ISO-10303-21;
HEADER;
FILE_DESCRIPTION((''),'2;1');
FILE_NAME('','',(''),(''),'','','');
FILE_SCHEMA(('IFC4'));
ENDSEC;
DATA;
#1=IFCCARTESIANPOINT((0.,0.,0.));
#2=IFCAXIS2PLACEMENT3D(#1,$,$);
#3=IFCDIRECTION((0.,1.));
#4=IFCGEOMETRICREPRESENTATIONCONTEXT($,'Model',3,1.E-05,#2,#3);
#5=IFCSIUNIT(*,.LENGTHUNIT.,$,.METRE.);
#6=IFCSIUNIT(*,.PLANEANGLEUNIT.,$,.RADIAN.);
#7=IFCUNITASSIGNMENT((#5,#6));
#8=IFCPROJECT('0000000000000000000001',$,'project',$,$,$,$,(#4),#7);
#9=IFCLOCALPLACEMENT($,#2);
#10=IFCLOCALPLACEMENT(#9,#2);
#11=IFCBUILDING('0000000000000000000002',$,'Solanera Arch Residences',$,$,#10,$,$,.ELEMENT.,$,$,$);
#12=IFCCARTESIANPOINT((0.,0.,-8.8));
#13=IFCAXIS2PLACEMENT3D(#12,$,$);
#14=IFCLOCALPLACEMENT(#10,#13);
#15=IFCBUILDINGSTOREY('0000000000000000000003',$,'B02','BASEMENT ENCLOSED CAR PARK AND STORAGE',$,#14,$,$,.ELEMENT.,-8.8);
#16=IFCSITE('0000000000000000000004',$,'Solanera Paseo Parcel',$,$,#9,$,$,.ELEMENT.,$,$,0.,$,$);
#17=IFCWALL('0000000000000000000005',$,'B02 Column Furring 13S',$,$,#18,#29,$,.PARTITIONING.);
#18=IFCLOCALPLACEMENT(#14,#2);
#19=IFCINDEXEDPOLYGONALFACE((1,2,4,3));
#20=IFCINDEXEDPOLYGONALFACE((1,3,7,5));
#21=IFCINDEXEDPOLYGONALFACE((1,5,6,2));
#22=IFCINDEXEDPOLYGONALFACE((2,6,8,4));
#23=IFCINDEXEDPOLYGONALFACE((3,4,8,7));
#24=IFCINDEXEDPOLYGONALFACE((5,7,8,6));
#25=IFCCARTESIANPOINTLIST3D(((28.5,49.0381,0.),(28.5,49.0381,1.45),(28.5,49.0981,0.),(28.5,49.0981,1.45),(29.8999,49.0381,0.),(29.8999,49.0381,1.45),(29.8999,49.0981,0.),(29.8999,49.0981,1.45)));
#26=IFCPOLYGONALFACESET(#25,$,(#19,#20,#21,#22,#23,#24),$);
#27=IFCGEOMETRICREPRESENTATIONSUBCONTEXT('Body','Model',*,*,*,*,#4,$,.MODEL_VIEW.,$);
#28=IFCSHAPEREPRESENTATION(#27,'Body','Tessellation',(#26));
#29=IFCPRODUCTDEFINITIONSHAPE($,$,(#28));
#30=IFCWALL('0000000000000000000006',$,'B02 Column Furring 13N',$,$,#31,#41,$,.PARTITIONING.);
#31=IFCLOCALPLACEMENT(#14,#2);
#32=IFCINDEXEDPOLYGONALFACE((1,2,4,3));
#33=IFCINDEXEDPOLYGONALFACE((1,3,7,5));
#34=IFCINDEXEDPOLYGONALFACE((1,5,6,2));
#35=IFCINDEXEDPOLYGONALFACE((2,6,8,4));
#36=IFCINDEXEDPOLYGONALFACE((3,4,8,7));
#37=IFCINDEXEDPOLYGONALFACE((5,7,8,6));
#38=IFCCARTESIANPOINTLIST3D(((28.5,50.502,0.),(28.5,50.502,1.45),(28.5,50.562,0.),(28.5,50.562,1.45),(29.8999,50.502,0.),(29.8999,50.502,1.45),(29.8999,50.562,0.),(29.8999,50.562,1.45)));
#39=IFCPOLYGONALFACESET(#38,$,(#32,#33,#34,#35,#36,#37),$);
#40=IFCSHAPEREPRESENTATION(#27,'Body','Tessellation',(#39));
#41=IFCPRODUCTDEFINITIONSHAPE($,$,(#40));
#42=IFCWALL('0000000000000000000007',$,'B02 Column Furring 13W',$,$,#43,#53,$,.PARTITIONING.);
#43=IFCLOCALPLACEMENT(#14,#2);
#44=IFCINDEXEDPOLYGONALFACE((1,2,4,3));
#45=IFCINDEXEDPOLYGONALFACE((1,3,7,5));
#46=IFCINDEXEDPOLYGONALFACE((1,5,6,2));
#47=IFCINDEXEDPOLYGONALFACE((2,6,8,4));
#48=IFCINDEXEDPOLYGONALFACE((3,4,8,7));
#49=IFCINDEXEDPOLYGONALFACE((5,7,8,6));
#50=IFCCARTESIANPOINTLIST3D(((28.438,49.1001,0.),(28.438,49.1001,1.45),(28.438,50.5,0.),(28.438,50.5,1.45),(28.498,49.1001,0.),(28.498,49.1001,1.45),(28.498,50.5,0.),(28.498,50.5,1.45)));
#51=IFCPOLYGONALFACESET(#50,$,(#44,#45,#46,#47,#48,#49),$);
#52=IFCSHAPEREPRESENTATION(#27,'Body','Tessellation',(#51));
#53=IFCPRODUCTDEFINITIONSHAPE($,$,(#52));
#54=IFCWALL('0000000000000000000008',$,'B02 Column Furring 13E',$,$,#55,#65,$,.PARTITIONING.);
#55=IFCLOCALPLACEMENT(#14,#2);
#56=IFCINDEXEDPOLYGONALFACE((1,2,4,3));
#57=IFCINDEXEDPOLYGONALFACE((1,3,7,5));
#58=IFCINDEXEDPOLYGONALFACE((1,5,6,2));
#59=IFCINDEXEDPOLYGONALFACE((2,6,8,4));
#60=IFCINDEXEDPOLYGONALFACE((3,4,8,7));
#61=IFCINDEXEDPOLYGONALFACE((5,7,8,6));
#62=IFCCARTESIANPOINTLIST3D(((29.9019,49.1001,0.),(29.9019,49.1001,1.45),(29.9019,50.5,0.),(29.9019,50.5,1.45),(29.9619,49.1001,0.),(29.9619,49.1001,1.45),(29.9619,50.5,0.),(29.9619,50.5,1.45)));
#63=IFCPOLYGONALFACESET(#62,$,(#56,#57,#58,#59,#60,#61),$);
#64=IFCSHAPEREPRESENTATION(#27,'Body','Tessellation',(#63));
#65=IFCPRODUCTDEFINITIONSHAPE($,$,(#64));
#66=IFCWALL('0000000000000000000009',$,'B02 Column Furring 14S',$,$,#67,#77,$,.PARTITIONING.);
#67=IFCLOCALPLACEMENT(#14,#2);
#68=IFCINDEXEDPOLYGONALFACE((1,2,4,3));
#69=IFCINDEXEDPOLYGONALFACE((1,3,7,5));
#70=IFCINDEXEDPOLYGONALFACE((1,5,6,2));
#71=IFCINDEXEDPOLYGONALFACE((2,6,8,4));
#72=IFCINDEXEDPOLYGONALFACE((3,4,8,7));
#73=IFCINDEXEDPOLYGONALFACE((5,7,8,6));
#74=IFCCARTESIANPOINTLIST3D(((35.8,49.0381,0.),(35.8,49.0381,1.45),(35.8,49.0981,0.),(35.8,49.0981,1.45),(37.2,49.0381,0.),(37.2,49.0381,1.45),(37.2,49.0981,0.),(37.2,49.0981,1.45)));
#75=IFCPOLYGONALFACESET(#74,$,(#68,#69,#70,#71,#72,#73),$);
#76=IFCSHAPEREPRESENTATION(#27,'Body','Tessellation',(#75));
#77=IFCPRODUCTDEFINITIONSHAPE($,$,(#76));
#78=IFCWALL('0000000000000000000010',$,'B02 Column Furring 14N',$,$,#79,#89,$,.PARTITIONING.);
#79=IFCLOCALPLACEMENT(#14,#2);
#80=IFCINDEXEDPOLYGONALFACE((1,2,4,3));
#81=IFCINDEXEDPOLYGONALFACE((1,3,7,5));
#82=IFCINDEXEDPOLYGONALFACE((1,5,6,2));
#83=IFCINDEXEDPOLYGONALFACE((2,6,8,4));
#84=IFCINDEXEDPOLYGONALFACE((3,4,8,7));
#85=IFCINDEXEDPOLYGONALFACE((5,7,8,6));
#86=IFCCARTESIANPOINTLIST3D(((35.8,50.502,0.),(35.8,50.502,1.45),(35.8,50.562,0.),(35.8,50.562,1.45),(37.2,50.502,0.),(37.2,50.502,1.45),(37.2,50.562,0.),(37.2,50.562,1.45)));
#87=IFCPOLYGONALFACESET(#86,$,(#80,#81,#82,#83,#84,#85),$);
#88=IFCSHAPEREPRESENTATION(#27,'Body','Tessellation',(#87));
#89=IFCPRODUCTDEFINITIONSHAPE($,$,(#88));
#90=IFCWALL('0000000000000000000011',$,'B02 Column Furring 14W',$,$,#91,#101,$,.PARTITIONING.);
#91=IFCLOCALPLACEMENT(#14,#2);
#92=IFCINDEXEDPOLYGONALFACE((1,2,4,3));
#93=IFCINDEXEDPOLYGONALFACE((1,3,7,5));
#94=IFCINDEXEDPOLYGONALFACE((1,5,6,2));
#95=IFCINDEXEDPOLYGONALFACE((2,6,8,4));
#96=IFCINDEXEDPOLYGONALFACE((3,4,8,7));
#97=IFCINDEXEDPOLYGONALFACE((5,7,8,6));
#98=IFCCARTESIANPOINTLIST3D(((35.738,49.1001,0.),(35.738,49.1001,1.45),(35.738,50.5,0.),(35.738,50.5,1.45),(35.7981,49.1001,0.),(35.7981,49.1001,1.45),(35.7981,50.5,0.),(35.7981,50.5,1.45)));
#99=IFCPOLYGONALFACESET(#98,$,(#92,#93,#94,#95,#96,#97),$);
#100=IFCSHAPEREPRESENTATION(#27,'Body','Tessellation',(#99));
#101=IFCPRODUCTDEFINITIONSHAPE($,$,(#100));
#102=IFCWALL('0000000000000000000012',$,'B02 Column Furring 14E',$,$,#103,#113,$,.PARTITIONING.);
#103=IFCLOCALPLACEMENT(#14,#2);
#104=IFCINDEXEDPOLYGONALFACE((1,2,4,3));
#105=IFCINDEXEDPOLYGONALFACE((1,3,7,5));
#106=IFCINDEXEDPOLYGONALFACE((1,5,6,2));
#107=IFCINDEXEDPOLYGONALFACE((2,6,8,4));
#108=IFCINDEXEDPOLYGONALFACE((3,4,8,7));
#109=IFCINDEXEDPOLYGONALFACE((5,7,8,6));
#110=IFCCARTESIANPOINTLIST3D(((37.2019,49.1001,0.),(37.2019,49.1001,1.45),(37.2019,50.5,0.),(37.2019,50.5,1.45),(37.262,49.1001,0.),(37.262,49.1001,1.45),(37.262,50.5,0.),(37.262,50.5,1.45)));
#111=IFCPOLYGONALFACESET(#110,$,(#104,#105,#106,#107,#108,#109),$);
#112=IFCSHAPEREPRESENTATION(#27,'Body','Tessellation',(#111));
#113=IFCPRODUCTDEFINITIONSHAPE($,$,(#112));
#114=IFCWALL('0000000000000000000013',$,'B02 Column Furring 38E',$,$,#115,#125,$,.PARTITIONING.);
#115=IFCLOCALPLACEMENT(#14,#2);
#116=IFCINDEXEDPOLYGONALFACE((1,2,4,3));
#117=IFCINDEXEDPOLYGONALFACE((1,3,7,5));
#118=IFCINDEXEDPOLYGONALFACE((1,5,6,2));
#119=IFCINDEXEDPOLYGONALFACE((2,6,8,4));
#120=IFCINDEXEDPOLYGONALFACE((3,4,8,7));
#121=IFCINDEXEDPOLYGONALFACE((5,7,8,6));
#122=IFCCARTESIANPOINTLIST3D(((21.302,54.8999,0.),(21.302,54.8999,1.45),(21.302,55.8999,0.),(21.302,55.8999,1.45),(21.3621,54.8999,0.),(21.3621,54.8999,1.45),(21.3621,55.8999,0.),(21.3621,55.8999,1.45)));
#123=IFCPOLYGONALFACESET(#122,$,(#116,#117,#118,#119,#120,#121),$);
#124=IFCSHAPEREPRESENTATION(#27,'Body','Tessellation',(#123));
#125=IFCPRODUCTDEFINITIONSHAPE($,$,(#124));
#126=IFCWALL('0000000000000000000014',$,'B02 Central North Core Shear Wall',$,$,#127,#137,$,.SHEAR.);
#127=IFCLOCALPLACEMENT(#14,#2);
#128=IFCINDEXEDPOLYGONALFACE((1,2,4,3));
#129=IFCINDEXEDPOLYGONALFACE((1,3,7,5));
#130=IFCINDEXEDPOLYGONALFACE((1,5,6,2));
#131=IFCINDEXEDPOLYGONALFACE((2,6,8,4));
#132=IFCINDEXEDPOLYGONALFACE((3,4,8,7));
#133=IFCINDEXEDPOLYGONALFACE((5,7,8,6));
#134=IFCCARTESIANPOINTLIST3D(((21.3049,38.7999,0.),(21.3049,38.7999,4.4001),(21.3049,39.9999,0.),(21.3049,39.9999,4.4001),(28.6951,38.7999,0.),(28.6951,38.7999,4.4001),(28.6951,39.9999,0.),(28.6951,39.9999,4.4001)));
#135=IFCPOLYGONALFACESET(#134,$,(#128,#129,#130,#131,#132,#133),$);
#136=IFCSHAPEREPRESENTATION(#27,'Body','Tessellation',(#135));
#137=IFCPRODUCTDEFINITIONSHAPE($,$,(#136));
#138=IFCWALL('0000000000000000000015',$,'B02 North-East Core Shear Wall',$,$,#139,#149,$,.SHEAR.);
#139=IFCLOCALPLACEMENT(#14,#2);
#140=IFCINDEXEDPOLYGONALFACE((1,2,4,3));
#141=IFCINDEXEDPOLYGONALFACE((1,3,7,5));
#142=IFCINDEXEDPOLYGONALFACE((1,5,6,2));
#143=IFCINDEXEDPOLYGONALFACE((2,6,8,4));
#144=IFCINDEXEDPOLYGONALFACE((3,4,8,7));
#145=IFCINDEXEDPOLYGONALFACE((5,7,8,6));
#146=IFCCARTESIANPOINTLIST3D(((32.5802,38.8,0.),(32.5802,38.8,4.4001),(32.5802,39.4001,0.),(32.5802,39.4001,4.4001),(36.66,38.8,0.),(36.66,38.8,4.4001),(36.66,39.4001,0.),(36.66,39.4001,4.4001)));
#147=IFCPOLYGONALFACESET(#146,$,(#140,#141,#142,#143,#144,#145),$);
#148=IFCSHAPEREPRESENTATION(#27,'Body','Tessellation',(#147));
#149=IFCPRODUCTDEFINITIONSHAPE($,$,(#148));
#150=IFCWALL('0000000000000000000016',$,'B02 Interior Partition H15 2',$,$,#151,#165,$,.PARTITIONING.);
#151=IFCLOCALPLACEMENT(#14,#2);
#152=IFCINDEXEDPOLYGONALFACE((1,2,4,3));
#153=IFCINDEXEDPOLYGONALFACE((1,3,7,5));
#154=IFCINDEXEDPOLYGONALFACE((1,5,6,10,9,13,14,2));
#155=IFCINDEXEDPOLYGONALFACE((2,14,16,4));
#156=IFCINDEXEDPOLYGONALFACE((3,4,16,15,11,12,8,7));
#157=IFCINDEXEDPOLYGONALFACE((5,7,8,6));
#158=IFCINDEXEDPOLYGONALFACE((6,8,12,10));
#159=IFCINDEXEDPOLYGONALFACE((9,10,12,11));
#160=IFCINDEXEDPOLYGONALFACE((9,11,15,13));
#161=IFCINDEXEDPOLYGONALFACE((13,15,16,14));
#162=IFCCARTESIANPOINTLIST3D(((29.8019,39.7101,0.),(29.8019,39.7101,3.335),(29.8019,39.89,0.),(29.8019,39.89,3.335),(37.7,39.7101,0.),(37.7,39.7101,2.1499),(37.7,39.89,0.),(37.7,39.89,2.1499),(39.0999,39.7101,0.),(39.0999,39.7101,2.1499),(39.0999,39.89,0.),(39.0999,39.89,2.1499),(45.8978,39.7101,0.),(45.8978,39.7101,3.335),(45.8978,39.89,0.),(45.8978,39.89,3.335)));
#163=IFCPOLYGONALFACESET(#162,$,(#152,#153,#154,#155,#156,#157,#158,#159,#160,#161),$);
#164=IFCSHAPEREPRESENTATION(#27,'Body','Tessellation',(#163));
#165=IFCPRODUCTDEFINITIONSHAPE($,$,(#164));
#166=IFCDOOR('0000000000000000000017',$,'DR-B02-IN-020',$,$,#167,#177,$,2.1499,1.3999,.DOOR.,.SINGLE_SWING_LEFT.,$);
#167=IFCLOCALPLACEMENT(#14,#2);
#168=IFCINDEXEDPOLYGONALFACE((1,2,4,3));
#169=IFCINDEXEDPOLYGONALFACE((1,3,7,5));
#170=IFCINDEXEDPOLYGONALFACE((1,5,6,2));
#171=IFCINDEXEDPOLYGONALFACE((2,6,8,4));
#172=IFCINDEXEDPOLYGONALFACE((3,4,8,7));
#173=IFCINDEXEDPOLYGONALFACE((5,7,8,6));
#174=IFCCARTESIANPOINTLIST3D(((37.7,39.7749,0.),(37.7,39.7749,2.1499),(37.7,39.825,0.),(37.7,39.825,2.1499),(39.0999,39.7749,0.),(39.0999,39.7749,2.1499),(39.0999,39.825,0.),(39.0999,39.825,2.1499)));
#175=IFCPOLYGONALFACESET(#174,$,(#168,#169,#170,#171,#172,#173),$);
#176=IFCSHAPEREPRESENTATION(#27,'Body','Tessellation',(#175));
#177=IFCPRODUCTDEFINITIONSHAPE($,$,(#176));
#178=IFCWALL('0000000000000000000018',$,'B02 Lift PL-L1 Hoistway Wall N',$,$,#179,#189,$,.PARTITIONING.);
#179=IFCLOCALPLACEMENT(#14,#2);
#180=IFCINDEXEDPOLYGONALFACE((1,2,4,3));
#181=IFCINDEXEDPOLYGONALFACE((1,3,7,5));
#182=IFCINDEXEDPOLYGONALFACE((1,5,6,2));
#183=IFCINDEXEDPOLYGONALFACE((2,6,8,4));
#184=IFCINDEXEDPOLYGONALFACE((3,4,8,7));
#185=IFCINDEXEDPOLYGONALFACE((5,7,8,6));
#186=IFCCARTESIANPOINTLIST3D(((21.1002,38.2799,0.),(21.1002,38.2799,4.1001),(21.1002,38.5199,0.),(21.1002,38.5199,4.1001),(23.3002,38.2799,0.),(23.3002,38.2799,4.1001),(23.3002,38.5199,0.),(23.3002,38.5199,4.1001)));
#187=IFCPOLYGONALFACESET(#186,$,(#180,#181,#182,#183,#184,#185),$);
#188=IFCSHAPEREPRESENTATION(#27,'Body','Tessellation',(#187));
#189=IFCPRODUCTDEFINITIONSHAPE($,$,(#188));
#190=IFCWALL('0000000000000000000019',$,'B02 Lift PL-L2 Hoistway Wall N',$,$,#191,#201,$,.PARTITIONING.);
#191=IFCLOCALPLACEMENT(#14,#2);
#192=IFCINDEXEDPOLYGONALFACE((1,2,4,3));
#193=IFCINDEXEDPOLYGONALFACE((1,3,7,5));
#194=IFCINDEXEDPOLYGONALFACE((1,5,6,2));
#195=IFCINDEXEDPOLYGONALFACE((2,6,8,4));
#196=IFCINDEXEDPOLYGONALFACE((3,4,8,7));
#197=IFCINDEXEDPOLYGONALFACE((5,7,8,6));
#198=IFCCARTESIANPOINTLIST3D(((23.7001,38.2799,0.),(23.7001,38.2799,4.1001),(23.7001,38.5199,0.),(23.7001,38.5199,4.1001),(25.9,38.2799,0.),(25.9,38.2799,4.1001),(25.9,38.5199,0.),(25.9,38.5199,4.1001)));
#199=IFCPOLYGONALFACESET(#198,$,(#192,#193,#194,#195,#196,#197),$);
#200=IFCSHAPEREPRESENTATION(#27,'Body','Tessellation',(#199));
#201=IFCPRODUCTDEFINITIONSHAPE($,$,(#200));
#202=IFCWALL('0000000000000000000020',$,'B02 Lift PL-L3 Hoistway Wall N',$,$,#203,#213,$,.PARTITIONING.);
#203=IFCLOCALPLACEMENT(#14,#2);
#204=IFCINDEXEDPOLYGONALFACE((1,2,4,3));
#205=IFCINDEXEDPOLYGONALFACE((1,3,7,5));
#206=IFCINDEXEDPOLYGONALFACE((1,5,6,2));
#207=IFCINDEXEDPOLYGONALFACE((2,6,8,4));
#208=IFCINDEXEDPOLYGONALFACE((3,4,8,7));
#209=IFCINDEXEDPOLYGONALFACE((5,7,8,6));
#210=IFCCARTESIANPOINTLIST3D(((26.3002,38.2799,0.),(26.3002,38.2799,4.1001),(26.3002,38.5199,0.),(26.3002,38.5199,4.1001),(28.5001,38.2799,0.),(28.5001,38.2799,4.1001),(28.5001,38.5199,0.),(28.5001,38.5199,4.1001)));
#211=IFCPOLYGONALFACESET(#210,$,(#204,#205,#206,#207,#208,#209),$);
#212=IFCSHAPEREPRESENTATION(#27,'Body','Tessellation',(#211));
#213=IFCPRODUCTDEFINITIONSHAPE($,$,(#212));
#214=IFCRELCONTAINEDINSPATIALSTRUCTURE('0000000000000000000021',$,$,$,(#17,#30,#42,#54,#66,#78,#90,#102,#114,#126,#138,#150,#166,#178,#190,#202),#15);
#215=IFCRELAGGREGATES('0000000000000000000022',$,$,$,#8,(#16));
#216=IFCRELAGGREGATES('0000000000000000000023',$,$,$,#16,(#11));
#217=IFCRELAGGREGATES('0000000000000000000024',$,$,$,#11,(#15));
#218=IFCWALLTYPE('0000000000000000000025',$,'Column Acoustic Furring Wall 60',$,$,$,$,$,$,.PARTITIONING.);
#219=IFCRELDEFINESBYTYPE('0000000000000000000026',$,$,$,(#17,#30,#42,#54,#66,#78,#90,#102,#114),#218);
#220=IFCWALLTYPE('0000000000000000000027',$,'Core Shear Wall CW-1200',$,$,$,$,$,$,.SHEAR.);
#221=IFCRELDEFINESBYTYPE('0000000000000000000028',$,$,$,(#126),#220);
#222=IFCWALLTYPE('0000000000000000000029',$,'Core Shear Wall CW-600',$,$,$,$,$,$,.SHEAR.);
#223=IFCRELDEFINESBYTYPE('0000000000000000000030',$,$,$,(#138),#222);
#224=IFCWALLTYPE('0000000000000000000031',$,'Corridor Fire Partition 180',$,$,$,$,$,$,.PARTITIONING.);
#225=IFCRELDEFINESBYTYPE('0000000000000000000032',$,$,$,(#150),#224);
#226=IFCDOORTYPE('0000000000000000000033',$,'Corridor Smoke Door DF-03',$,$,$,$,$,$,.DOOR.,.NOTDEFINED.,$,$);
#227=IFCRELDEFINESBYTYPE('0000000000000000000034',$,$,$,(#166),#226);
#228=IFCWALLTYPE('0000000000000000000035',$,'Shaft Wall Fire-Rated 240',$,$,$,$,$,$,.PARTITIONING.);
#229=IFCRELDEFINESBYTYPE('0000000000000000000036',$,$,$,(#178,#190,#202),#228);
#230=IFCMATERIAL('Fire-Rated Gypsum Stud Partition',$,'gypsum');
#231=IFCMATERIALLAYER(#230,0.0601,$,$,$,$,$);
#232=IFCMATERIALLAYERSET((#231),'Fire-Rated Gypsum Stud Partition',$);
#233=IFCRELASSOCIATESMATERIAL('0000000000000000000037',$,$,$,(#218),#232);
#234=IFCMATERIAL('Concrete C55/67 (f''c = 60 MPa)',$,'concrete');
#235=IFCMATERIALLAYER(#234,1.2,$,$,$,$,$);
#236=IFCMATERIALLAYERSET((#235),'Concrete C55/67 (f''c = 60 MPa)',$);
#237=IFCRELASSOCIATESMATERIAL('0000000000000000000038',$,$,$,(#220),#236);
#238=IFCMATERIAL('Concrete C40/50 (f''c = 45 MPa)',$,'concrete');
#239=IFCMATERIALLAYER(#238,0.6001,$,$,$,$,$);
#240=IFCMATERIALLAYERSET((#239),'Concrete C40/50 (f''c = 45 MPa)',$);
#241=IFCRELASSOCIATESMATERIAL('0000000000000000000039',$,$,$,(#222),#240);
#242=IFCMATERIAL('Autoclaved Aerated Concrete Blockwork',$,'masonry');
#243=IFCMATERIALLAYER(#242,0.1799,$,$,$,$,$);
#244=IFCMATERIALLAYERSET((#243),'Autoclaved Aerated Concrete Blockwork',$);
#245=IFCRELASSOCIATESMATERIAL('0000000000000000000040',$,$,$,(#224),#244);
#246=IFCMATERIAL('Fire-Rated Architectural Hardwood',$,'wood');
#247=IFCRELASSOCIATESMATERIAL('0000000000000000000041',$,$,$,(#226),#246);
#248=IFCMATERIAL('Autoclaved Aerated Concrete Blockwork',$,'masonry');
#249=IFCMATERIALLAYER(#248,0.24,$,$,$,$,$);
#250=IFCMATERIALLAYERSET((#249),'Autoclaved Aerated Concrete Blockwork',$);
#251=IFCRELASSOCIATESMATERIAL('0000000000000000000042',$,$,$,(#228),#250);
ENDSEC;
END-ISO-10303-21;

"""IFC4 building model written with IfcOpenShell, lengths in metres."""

from ifc_helpers import new_model, si_unit, direction, frame, frame_2d, origin, place, context, subcontext, project, spatial, rectangle, extrude, material, layer, layer_set, type_object, element, fill, save


model = new_model("IFC4")

# Units and contexts
model_context = context("Model", 3, precision=1e-05, world=origin(), true_north=direction((0.0, 1.0)))
body_context = subcontext(model_context, "Body", "Model", "MODEL_VIEW")
ifc_project = project(units=[si_unit("LENGTHUNIT", "METRE"), si_unit("PLANEANGLEUNIT", "RADIAN")], contexts=[model_context])

# Site, building, storey
site_placement = place(None, origin())
site = spatial("IfcSite", under=ifc_project, at=site_placement, Name="Solanera Paseo Parcel", CompositionType="ELEMENT", RefElevation=0.0)
building_placement = place(site_placement, origin())
building = spatial("IfcBuilding", under=site, at=building_placement, Name="Solanera Arch Residences", CompositionType="ELEMENT")
storey_placement = place(building_placement, frame((0.0, 0.0, -8.8)))
storey = spatial("IfcBuildingStorey", under=building, at=storey_placement, Name="B02", Description="BASEMENT ENCLOSED CAR PARK AND STORAGE", CompositionType="ELEMENT", Elevation=-8.8)

# Walls
ifc_material_1 = material(Name="Fire-Rated Gypsum Stud Partition", Category="gypsum")
ifc_layer_1 = layer(ifc_material_1, 0.0601)
ifc_layer_set_1 = layer_set([ifc_layer_1], Name="Fire-Rated Gypsum Stud Partition")
wall_type_1 = type_object("IfcWallType", Name="Column Acoustic Furring Wall 60", PredefinedType="PARTITIONING", material=ifc_layer_set_1)
for number, where, z_axis, x_axis, name in (
    (1, (28.5, 49.0681, 0.0), (0.0, 0.0, 1.0), (1.0, 0.0, 0.0), "B02 Column Furring 13S"),
    (2, (28.5, 50.532, 0.0), (0.0, 0.0, 1.0), (1.0, 0.0, 0.0), "B02 Column Furring 13N"),
    (3, (28.468, 49.1001, 0.0), (0.0, 0.0, 1.0), (0.0, 1.0, 0.0), "B02 Column Furring 13W"),
    (4, (29.9319, 49.1001, 0.0), (0.0, 0.0, 1.0), (0.0, 1.0, 0.0), "B02 Column Furring 13E"),
    (5, (35.8, 49.0681, 0.0), (0.0, 0.0, 1.0), (1.0, 0.0, 0.0), "B02 Column Furring 14S"),
    (6, (35.8, 50.532, 0.0), (0.0, 0.0, 1.0), (1.0, 0.0, 0.0), "B02 Column Furring 14N"),
    (7, (35.7681, 49.1001, 0.0), (0.0, 0.0, 1.0), (0.0, 1.0, 0.0), "B02 Column Furring 14W"),
    (8, (37.2319, 49.1001, 0.0), (0.0, 0.0, 1.0), (0.0, 1.0, 0.0), "B02 Column Furring 14E"),
):
    element("IfcWall", number, at=place(storey_placement, frame(where, z_axis=z_axis, x_axis=x_axis)), inside=storey, type_object=wall_type_1, Name=name, PredefinedType="PARTITIONING", context=body_context, shape_type="SweptSolid", body=[
        extrude(rectangle(XDim=1.3999, YDim=0.0601, at=frame_2d((0.7, 0.0))), origin(), (0.0, 0.0, 1.0), 1.45),
    ])
wall_1_placement = place(storey_placement, frame((21.332, 54.8999, 0.0), z_axis=(0.0, 0.0, 1.0), x_axis=(0.0, 1.0, 0.0)))
element("IfcWall", 9, at=wall_1_placement, inside=storey, type_object=wall_type_1, Name="B02 Column Furring 38E", PredefinedType="PARTITIONING", context=body_context, shape_type="SweptSolid", body=[
    extrude(rectangle(XDim=1.0, YDim=0.0601, at=frame_2d((0.5, 0.0))), origin(), (0.0, 0.0, 1.0), 1.45),
])
ifc_material_2 = material(Name="Concrete C55/67 (f'c = 60 MPa)", Category="concrete")
ifc_layer_2 = layer(ifc_material_2, 1.2)
ifc_layer_set_2 = layer_set([ifc_layer_2], Name="Concrete C55/67 (f'c = 60 MPa)")
wall_type_2 = type_object("IfcWallType", Name="Core Shear Wall CW-1200", PredefinedType="SHEAR", material=ifc_layer_set_2)
wall_2_placement = place(storey_placement, frame((21.3049, 39.3999, 0.0), z_axis=(0.0, 0.0, 1.0), x_axis=(1.0, 0.0, 0.0)))
element("IfcWall", 10, at=wall_2_placement, inside=storey, type_object=wall_type_2, Name="B02 Central North Core Shear Wall", PredefinedType="SHEAR", context=body_context, shape_type="SweptSolid", body=[
    extrude(rectangle(XDim=7.3901, YDim=1.2, at=frame_2d((3.6951, 0.0))), origin(), (0.0, 0.0, 1.0), 4.4001),
])
ifc_material_3 = material(Name="Concrete C40/50 (f'c = 45 MPa)", Category="concrete")
ifc_layer_3 = layer(ifc_material_3, 0.6001)
ifc_layer_set_3 = layer_set([ifc_layer_3], Name="Concrete C40/50 (f'c = 45 MPa)")
wall_type_3 = type_object("IfcWallType", Name="Core Shear Wall CW-600", PredefinedType="SHEAR", material=ifc_layer_set_3)
wall_3_placement = place(storey_placement, frame((32.5801, 39.1001, 0.0), z_axis=(0.0, 0.0, 1.0), x_axis=(1.0, 0.0, 0.0)))
element("IfcWall", 11, at=wall_3_placement, inside=storey, type_object=wall_type_3, Name="B02 North-East Core Shear Wall", PredefinedType="SHEAR", context=body_context, shape_type="SweptSolid", body=[
    extrude(rectangle(XDim=4.0798, YDim=0.6001, at=frame_2d((2.04, 0.0))), origin(), (0.0, 0.0, 1.0), 4.4001),
])

# Wall, opening, door
ifc_material_4 = material(Name="Autoclaved Aerated Concrete Blockwork", Category="masonry")
ifc_layer_4 = layer(ifc_material_4, 0.1799)
ifc_layer_set_4 = layer_set([ifc_layer_4], Name="Autoclaved Aerated Concrete Blockwork")
wall_type_4 = type_object("IfcWallType", Name="Corridor Fire Partition 180", PredefinedType="PARTITIONING", material=ifc_layer_set_4)
wall_4_placement = place(storey_placement, frame((29.802, 39.8, 0.0), z_axis=(0.0, 0.0, 1.0), x_axis=(1.0, 0.0, 0.0)))
wall_4 = element("IfcWall", 12, at=wall_4_placement, inside=storey, type_object=wall_type_4, Name="B02 Interior Partition H15 2", PredefinedType="PARTITIONING", context=body_context, shape_type="SweptSolid", body=[
    extrude(rectangle(XDim=16.0959, YDim=0.1799, at=frame_2d((8.0479, 0.0))), origin(), (0.0, 0.0, 1.0), 3.335),
])
opening_placement = place(wall_4_placement, frame((7.8979, 0.0, 0.0)))
opening = element("IfcOpeningElement", 13, at=opening_placement, cuts=wall_4, PredefinedType="OPENING", context=body_context, shape_type="SweptSolid", body=[
    extrude(rectangle(XDim=1.3999, YDim=2.1499, at=frame_2d((0.7, 1.075))), frame((0.0, 0.1001, 0.0), z_axis=(0.0, -1.0, 0.0), x_axis=(1.0, 0.0, 0.0)), (0.0, 0.0, 1.0), 0.1999),
])
ifc_material_5 = material(Name="Fire-Rated Architectural Hardwood", Category="wood")
door_type = type_object("IfcDoorType", Name="Corridor Smoke Door DF-03", OperationType="NOTDEFINED", PredefinedType="DOOR", material=ifc_material_5)
door_placement = place(opening_placement, origin())
door = element("IfcDoor", 14, at=door_placement, inside=storey, type_object=door_type, Name="DR-B02-IN-020", OperationType="SINGLE_SWING_LEFT", OverallHeight=2.1499, OverallWidth=1.3999, PredefinedType="DOOR", context=body_context, shape_type="SweptSolid", body=[
    extrude(rectangle(XDim=1.3999, YDim=2.1499, at=frame_2d((0.7, 1.075))), frame((0.0, 0.0249, 0.0), z_axis=(0.0, -1.0, 0.0), x_axis=(1.0, 0.0, 0.0)), (0.0, 0.0, 1.0), 0.05),
])
fill(opening, door)

# Walls
ifc_material_6 = material(Name="Autoclaved Aerated Concrete Blockwork", Category="masonry")
ifc_layer_5 = layer(ifc_material_6, 0.24)
ifc_layer_set_5 = layer_set([ifc_layer_5], Name="Autoclaved Aerated Concrete Blockwork")
wall_type_5 = type_object("IfcWallType", Name="Shaft Wall Fire-Rated 240", PredefinedType="PARTITIONING", material=ifc_layer_set_5)
for number, where, z_axis, x_axis, name in (
    (15, (21.1001, 38.3999, 0.0), (0.0, 0.0, 1.0), (1.0, 0.0, 0.0), "B02 Lift PL-L1 Hoistway Wall N"),
    (16, (23.7, 38.3999, 0.0), (0.0, 0.0, 1.0), (1.0, 0.0, 0.0), "B02 Lift PL-L2 Hoistway Wall N"),
    (17, (26.3, 38.3999, 0.0), (0.0, 0.0, 1.0), (1.0, 0.0, 0.0), "B02 Lift PL-L3 Hoistway Wall N"),
):
    element("IfcWall", number, at=place(storey_placement, frame(where, z_axis=z_axis, x_axis=x_axis)), inside=storey, type_object=wall_type_5, Name=name, PredefinedType="PARTITIONING", context=body_context, shape_type="SweptSolid", body=[
        extrude(rectangle(XDim=2.2, YDim=0.24, at=frame_2d((1.1001, 0.0))), origin(), (0.0, 0.0, 1.0), 4.1001),
    ])

save(model, "model.ifc")
